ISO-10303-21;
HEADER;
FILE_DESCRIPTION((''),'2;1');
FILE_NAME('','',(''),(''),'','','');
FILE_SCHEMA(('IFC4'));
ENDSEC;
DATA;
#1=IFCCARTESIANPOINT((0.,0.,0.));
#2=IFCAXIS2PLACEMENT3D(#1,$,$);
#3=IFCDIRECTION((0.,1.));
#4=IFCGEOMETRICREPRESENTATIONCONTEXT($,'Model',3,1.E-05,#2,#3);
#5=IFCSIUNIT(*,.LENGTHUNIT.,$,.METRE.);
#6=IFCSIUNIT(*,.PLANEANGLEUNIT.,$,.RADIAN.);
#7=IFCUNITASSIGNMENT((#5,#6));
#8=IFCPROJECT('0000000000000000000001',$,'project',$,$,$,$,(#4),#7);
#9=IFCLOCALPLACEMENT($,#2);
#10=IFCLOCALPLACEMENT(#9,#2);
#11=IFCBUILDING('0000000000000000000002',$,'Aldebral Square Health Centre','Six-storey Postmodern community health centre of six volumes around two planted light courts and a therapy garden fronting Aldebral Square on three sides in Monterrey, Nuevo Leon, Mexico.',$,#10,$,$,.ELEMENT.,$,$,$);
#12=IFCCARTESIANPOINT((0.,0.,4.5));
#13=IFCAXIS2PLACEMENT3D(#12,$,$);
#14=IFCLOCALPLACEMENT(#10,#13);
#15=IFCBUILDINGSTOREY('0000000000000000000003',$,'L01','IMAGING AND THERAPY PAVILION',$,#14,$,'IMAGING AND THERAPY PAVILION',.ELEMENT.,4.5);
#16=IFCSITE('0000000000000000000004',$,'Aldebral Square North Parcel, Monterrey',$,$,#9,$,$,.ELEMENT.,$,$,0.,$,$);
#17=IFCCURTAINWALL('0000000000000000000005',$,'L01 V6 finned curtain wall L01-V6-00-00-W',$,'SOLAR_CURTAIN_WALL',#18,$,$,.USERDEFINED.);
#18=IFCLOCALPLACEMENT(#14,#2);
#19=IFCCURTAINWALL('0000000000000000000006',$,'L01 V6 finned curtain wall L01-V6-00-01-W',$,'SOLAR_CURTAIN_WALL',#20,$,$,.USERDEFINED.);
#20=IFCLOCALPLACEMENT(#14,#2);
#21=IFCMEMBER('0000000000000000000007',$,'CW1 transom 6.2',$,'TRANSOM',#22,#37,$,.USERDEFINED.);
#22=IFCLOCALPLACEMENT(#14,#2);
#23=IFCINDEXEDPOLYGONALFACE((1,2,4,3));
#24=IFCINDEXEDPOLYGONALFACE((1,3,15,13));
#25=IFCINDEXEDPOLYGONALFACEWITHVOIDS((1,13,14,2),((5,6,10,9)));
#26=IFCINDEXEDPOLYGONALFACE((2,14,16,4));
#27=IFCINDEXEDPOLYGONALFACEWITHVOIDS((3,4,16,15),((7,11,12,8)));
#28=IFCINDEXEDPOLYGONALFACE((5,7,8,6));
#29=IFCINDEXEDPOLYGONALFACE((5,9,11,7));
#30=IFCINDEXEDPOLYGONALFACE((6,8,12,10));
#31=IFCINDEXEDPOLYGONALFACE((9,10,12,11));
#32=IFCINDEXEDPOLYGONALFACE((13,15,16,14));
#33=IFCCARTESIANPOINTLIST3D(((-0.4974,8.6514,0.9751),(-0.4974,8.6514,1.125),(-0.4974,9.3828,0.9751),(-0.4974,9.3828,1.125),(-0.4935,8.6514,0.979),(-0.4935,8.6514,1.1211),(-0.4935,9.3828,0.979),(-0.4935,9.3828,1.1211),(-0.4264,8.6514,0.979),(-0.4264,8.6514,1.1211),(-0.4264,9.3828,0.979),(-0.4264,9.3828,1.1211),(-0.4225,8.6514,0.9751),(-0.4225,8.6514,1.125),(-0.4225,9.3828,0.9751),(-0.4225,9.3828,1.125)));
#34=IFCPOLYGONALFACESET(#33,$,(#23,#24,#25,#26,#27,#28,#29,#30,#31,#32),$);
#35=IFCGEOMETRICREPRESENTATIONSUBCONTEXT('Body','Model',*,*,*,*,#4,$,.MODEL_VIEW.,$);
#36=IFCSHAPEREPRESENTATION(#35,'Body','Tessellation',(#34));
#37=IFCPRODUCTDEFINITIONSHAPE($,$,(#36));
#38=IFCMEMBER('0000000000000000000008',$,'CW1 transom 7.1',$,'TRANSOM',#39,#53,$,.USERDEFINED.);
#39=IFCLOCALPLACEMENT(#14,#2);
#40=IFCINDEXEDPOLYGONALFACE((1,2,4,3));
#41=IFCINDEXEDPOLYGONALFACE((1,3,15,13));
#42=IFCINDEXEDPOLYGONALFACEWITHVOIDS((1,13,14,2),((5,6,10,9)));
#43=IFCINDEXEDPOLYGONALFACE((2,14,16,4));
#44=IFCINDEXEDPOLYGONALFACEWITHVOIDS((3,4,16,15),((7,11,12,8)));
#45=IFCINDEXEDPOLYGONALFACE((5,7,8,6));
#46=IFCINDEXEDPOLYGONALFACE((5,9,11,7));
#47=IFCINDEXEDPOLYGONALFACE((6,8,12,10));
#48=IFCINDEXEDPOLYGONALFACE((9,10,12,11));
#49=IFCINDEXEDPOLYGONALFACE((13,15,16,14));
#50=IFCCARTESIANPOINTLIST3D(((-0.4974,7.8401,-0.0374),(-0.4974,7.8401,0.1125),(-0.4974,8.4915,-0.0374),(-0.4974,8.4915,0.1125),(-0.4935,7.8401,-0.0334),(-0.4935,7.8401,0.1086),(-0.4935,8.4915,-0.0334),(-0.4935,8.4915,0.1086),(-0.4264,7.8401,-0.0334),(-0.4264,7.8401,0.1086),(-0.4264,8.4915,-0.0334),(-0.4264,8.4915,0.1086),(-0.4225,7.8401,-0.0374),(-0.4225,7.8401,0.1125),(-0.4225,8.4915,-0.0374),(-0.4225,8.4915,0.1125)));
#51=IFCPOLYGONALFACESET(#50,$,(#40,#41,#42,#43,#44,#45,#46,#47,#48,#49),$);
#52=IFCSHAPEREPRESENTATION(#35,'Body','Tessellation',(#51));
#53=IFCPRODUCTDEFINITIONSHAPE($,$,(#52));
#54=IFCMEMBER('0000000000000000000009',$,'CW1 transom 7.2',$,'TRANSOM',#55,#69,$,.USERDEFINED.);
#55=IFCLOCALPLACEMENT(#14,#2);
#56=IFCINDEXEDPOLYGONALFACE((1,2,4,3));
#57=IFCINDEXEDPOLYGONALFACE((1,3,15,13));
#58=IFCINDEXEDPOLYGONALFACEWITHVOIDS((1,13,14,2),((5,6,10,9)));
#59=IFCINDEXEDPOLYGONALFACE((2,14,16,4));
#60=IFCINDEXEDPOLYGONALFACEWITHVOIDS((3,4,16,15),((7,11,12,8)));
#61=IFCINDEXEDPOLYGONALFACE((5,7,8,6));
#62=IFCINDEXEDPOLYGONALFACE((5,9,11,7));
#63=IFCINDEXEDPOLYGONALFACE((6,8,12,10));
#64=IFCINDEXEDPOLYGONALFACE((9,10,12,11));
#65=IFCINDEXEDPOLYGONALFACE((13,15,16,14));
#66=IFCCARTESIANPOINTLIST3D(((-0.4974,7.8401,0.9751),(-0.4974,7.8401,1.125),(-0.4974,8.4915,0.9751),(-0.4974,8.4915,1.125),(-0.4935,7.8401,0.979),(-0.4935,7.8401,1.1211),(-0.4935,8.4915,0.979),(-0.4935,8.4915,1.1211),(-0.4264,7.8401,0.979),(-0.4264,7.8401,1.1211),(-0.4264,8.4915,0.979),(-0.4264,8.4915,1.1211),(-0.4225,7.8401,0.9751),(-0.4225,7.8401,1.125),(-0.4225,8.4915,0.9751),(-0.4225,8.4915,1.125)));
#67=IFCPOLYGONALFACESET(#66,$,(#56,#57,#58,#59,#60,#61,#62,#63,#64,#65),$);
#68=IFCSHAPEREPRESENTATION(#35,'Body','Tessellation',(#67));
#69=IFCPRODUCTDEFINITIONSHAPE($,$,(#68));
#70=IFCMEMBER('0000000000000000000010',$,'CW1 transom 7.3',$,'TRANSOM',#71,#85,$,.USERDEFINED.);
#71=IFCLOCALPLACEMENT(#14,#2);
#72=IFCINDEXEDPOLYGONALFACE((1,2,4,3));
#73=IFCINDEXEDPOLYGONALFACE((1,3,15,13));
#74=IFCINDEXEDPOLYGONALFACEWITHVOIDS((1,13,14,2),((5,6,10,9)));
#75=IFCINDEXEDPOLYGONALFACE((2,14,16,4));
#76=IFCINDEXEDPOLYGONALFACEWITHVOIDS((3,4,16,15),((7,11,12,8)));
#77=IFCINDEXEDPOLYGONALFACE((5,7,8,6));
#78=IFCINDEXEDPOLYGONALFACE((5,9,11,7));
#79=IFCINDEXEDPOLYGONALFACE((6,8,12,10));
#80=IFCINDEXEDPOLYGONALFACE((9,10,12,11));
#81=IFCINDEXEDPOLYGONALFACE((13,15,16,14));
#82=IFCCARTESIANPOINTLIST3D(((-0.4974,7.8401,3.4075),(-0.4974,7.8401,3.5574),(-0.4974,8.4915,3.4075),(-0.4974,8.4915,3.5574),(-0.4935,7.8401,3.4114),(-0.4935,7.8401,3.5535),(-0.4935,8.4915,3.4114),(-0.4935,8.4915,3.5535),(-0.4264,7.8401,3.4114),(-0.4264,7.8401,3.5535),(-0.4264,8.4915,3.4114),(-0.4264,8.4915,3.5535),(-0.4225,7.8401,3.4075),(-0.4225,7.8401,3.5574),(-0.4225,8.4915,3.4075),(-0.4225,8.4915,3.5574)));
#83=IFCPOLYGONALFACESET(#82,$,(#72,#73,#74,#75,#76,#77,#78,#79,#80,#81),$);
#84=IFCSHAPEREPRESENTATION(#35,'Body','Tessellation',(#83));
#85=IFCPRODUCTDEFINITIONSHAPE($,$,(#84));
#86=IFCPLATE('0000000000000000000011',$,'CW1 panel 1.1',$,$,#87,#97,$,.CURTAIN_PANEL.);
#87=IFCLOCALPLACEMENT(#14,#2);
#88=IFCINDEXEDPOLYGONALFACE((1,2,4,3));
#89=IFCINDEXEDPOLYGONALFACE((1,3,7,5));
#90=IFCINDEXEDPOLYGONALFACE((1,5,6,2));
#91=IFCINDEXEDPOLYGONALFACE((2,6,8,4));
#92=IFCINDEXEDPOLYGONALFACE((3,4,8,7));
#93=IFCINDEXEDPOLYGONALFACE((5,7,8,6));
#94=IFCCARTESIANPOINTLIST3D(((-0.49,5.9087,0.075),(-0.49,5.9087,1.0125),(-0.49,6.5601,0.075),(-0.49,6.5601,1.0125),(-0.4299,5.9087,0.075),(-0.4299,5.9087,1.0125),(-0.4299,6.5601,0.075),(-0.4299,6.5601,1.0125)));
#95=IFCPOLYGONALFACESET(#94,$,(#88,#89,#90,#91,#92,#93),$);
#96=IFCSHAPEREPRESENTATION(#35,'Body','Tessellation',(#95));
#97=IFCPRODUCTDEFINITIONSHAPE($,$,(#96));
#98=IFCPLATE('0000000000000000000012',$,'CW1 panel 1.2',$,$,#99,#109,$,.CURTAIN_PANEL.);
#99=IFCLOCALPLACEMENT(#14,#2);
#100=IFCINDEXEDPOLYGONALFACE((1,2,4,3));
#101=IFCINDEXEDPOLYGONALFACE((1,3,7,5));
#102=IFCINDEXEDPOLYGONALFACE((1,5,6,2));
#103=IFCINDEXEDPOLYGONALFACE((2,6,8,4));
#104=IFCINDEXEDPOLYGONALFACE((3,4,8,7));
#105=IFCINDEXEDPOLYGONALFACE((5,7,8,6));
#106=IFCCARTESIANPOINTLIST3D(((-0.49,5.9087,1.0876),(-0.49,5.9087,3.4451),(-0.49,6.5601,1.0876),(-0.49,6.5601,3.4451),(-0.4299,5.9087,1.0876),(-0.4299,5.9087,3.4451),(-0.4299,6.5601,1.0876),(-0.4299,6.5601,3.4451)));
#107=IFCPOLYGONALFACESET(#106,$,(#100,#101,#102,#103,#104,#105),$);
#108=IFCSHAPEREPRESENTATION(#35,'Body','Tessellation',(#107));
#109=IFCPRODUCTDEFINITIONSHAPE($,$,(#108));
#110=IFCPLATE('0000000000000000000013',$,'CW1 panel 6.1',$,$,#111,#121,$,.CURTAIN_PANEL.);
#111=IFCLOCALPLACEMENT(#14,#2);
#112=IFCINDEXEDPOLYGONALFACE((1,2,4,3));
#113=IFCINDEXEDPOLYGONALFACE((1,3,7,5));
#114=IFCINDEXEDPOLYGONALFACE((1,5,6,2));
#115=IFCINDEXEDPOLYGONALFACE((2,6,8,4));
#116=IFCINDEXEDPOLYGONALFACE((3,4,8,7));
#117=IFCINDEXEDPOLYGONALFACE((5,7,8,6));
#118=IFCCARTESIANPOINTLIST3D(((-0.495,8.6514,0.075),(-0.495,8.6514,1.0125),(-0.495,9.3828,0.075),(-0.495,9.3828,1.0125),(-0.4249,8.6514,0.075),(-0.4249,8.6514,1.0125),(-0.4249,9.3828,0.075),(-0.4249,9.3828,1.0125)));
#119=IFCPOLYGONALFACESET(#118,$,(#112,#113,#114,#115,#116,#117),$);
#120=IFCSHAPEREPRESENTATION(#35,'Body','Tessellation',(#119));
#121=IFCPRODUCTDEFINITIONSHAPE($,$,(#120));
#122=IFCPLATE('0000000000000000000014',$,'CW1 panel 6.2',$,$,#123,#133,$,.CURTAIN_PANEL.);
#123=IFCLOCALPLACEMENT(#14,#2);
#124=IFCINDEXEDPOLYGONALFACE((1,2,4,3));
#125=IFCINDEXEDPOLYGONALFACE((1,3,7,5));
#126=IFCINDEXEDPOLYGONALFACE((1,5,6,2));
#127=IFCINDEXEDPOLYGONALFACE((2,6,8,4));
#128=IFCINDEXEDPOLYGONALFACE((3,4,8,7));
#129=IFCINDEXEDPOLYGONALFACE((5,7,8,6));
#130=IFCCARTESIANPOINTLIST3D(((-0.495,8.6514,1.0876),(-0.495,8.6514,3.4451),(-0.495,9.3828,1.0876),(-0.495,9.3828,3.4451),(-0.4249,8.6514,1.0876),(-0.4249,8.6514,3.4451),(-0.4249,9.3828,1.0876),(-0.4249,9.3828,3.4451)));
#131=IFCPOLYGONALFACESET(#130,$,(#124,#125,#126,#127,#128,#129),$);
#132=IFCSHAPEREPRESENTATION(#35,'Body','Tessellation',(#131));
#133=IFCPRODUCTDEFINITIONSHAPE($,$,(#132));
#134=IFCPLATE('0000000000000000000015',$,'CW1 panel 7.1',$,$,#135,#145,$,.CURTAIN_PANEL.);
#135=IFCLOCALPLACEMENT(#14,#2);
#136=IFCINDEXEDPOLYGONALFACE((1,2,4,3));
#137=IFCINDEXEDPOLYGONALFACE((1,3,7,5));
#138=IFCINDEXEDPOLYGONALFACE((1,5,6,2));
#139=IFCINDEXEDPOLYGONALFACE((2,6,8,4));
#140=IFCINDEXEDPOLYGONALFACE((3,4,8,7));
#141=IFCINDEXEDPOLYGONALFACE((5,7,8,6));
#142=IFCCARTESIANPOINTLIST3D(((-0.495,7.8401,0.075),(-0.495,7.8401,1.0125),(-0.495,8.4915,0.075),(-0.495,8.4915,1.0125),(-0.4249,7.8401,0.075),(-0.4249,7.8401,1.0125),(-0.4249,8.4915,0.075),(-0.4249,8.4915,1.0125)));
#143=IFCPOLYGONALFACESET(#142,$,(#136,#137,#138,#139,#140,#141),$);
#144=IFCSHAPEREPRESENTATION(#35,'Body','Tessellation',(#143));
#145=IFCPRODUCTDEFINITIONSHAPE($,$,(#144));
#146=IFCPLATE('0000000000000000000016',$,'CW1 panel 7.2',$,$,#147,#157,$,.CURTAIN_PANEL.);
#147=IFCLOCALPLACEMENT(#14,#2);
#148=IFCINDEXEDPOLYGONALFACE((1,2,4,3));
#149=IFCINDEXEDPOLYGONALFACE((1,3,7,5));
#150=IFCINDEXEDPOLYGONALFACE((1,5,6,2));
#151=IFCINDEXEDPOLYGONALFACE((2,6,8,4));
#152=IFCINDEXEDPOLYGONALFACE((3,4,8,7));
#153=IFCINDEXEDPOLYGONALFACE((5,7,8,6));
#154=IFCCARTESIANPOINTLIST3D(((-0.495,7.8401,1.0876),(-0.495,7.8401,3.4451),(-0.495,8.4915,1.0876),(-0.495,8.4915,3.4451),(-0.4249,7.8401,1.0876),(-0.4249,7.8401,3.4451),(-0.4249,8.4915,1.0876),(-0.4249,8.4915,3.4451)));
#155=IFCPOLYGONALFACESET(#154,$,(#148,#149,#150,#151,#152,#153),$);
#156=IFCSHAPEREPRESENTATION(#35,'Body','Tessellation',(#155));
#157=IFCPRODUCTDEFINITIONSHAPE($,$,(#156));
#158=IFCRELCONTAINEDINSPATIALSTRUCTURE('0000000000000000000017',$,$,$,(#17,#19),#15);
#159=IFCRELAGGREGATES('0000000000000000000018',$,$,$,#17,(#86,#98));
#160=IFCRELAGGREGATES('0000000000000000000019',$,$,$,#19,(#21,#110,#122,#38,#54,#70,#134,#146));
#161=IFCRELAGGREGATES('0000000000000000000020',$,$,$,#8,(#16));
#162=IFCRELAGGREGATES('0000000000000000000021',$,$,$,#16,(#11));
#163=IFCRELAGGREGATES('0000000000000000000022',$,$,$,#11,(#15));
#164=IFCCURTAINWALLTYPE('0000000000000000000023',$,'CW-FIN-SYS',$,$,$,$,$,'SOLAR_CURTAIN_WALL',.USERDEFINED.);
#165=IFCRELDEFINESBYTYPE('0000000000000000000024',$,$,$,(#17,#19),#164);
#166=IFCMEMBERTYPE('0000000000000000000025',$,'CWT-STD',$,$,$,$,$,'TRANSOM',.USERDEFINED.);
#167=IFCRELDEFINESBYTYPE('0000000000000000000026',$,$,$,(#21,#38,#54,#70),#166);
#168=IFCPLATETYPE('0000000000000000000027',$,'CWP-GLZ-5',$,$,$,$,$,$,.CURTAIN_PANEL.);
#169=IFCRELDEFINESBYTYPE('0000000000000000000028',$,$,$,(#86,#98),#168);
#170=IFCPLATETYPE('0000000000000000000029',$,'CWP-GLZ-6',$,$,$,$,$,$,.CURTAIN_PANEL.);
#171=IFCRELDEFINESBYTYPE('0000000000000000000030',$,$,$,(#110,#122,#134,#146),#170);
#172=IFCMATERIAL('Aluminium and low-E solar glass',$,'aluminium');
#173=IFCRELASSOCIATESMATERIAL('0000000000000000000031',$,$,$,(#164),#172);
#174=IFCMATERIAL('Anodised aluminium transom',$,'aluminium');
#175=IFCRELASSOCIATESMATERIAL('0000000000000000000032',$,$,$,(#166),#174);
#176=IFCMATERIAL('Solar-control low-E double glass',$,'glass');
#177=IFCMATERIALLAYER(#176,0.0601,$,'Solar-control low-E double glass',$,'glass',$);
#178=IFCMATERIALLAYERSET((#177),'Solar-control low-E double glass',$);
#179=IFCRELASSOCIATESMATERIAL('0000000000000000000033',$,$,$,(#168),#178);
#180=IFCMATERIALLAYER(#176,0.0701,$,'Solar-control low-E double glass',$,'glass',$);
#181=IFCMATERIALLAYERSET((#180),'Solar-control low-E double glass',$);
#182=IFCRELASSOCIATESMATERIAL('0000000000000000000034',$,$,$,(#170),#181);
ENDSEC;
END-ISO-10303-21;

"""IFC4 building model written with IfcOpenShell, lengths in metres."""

from ifc_helpers import new_model, si_unit, direction, frame, origin, origin_2d, place, context, subcontext, project, spatial, rectangle, hollow_rectangle, extrude, material, layer, layer_set, material_profile, profile_set, type_object, element, aggregate, save


model = new_model("IFC4")

# Units and contexts
model_context = context("Model", 3, precision=1e-05, world=origin(), true_north=direction((0.0, 1.0)))
body_context = subcontext(model_context, "Body", "Model", "MODEL_VIEW")
ifc_project = project(units=[si_unit("LENGTHUNIT", "METRE"), si_unit("PLANEANGLEUNIT", "RADIAN")], contexts=[model_context])

# Site, building, storey
site_placement = place(None, origin())
site = spatial("IfcSite", under=ifc_project, at=site_placement, Name="Aldebral Square North Parcel, Monterrey", CompositionType="ELEMENT", RefElevation=0.0)
building_placement = place(site_placement, origin())
building = spatial("IfcBuilding", under=site, at=building_placement, Name="Aldebral Square Health Centre", Description="Six-storey Postmodern community health centre of six volumes around two planted light courts and a therapy garden fronting Aldebral Square on three sides in Monterrey, Nuevo Leon, Mexico.", CompositionType="ELEMENT")
storey_placement = place(building_placement, frame((0.0, 0.0, 4.5)))
storey = spatial("IfcBuildingStorey", under=building, at=storey_placement, Name="L01", Description="IMAGING AND THERAPY PAVILION", LongName="IMAGING AND THERAPY PAVILION", CompositionType="ELEMENT", Elevation=4.5)

# Curtain walls
ifc_material_1 = material(Name="Aluminium and low-E solar glass", Category="aluminium")
curtain_wall_type = type_object("IfcCurtainWallType", Name="CW-FIN-SYS", ElementType="SOLAR_CURTAIN_WALL", PredefinedType="USERDEFINED", material=ifc_material_1)
curtain_wall_1_placement = place(storey_placement, origin())
curtain_wall_1 = element("IfcCurtainWall", 1, at=curtain_wall_1_placement, inside=storey, type_object=curtain_wall_type, Name="L01 V6 finned curtain wall L01-V6-00-00-W", ObjectType="SOLAR_CURTAIN_WALL", PredefinedType="USERDEFINED")
curtain_wall_2_placement = place(storey_placement, origin())
curtain_wall_2 = element("IfcCurtainWall", 2, at=curtain_wall_2_placement, inside=storey, type_object=curtain_wall_type, Name="L01 V6 finned curtain wall L01-V6-00-01-W", ObjectType="SOLAR_CURTAIN_WALL", PredefinedType="USERDEFINED")

# Members
ifc_material_2 = material(Name="Anodised aluminium transom", Category="aluminium")
ifc_material_profile_1 = material_profile(ifc_material_2, hollow_rectangle(XDim=0.075, YDim=0.1499, WallThickness=0.0039, at=origin_2d()), Name="CWT 75x150x4")
ifc_profile_set_1 = profile_set([ifc_material_profile_1], Name="Anodised aluminium transom")
member_type_1 = type_object("IfcMemberType", Name="CWT-STD", ElementType="TRANSOM", PredefinedType="USERDEFINED", material=ifc_profile_set_1)
member_1_placement = place(storey_placement, frame((-0.46, 9.3828, 1.05), z_axis=(0.0, -1.0, 0.0), x_axis=(1.0, 0.0, 0.0)))
member_1 = element("IfcMember", 3, at=member_1_placement, type_object=member_type_1, Name="CW1 transom 6.2", ObjectType="TRANSOM", PredefinedType="USERDEFINED", context=body_context, shape_type="SweptSolid", body=[
    extrude(hollow_rectangle(XDim=0.075, YDim=0.1499, WallThickness=0.0039, at=origin_2d()), origin(), (0.0, 0.0, 1.0), 0.7314),
])
member_2_placement = place(storey_placement, frame((-0.46, 8.4915, 0.0376), z_axis=(0.0, -1.0, 0.0), x_axis=(1.0, 0.0, 0.0)))
member_2 = element("IfcMember", 4, at=member_2_placement, type_object=member_type_1, Name="CW1 transom 7.1", ObjectType="TRANSOM", PredefinedType="USERDEFINED", context=body_context, shape_type="SweptSolid", body=[
    extrude(hollow_rectangle(XDim=0.075, YDim=0.1499, WallThickness=0.0039, at=origin_2d()), origin(), (0.0, 0.0, 1.0), 0.6514),
])
member_3_placement = place(storey_placement, frame((-0.46, 8.4915, 1.05), z_axis=(0.0, -1.0, 0.0), x_axis=(1.0, 0.0, 0.0)))
member_3 = element("IfcMember", 5, at=member_3_placement, type_object=member_type_1, Name="CW1 transom 7.2", ObjectType="TRANSOM", PredefinedType="USERDEFINED", context=body_context, shape_type="SweptSolid", body=[
    extrude(hollow_rectangle(XDim=0.075, YDim=0.1499, WallThickness=0.0039, at=origin_2d()), origin(), (0.0, 0.0, 1.0), 0.6514),
])
member_4_placement = place(storey_placement, frame((-0.46, 8.4915, 3.4824), z_axis=(0.0, -1.0, 0.0), x_axis=(1.0, 0.0, 0.0)))
member_4 = element("IfcMember", 6, at=member_4_placement, type_object=member_type_1, Name="CW1 transom 7.3", ObjectType="TRANSOM", PredefinedType="USERDEFINED", context=body_context, shape_type="SweptSolid", body=[
    extrude(hollow_rectangle(XDim=0.075, YDim=0.1499, WallThickness=0.0039, at=origin_2d()), origin(), (0.0, 0.0, 1.0), 0.6514),
])

# Plates
ifc_material_3 = material(Name="Solar-control low-E double glass", Category="glass")
ifc_layer_1 = layer(ifc_material_3, 0.0601, Name="Solar-control low-E double glass", Category="glass")
ifc_layer_set_1 = layer_set([ifc_layer_1], Name="Solar-control low-E double glass")
plate_type_1 = type_object("IfcPlateType", Name="CWP-GLZ-5", PredefinedType="CURTAIN_PANEL", material=ifc_layer_set_1)
plate_1_placement = place(storey_placement, frame((-0.46, 6.2344, 0.075), z_axis=(0.0, 0.0, 1.0), x_axis=(0.0, -1.0, 0.0)))
plate_1 = element("IfcPlate", 7, at=plate_1_placement, type_object=plate_type_1, Name="CW1 panel 1.1", PredefinedType="CURTAIN_PANEL", context=body_context, shape_type="SweptSolid", body=[
    extrude(rectangle(XDim=0.6514, YDim=0.0601, at=origin_2d()), origin(), (0.0, 0.0, 1.0), 0.9375),
])
plate_2_placement = place(storey_placement, frame((-0.46, 6.2344, 1.0876), z_axis=(0.0, 0.0, 1.0), x_axis=(0.0, -1.0, 0.0)))
plate_2 = element("IfcPlate", 8, at=plate_2_placement, type_object=plate_type_1, Name="CW1 panel 1.2", PredefinedType="CURTAIN_PANEL", context=body_context, shape_type="SweptSolid", body=[
    extrude(rectangle(XDim=0.6514, YDim=0.0601, at=origin_2d()), origin(), (0.0, 0.0, 1.0), 2.3574),
])
aggregate(curtain_wall_1, [plate_1, plate_2])
ifc_layer_2 = layer(ifc_material_3, 0.0701, Name="Solar-control low-E double glass", Category="glass")
ifc_layer_set_2 = layer_set([ifc_layer_2], Name="Solar-control low-E double glass")
plate_type_2 = type_object("IfcPlateType", Name="CWP-GLZ-6", PredefinedType="CURTAIN_PANEL", material=ifc_layer_set_2)
plate_3_placement = place(storey_placement, frame((-0.46, 9.0171, 0.075), z_axis=(0.0, 0.0, 1.0), x_axis=(0.0, -1.0, 0.0)))
plate_3 = element("IfcPlate", 9, at=plate_3_placement, type_object=plate_type_2, Name="CW1 panel 6.1", PredefinedType="CURTAIN_PANEL", context=body_context, shape_type="SweptSolid", body=[
    extrude(rectangle(XDim=0.7314, YDim=0.0701, at=origin_2d()), origin(), (0.0, 0.0, 1.0), 0.9375),
])
plate_4_placement = place(storey_placement, frame((-0.46, 9.0171, 1.0876), z_axis=(0.0, 0.0, 1.0), x_axis=(0.0, -1.0, 0.0)))
plate_4 = element("IfcPlate", 10, at=plate_4_placement, type_object=plate_type_2, Name="CW1 panel 6.2", PredefinedType="CURTAIN_PANEL", context=body_context, shape_type="SweptSolid", body=[
    extrude(rectangle(XDim=0.7314, YDim=0.0701, at=origin_2d()), origin(), (0.0, 0.0, 1.0), 2.3574),
])
plate_5_placement = place(storey_placement, frame((-0.46, 8.1658, 0.075), z_axis=(0.0, 0.0, 1.0), x_axis=(0.0, -1.0, 0.0)))
plate_5 = element("IfcPlate", 11, at=plate_5_placement, type_object=plate_type_2, Name="CW1 panel 7.1", PredefinedType="CURTAIN_PANEL", context=body_context, shape_type="SweptSolid", body=[
    extrude(rectangle(XDim=0.6514, YDim=0.0701, at=origin_2d()), origin(), (0.0, 0.0, 1.0), 0.9375),
])
plate_6_placement = place(storey_placement, frame((-0.46, 8.1658, 1.0876), z_axis=(0.0, 0.0, 1.0), x_axis=(0.0, -1.0, 0.0)))
plate_6 = element("IfcPlate", 12, at=plate_6_placement, type_object=plate_type_2, Name="CW1 panel 7.2", PredefinedType="CURTAIN_PANEL", context=body_context, shape_type="SweptSolid", body=[
    extrude(rectangle(XDim=0.6514, YDim=0.0701, at=origin_2d()), origin(), (0.0, 0.0, 1.0), 2.3574),
])
aggregate(curtain_wall_2, [member_1, plate_3, plate_4, member_2, member_3, member_4, plate_5, plate_6])

save(model, "model.ifc")
